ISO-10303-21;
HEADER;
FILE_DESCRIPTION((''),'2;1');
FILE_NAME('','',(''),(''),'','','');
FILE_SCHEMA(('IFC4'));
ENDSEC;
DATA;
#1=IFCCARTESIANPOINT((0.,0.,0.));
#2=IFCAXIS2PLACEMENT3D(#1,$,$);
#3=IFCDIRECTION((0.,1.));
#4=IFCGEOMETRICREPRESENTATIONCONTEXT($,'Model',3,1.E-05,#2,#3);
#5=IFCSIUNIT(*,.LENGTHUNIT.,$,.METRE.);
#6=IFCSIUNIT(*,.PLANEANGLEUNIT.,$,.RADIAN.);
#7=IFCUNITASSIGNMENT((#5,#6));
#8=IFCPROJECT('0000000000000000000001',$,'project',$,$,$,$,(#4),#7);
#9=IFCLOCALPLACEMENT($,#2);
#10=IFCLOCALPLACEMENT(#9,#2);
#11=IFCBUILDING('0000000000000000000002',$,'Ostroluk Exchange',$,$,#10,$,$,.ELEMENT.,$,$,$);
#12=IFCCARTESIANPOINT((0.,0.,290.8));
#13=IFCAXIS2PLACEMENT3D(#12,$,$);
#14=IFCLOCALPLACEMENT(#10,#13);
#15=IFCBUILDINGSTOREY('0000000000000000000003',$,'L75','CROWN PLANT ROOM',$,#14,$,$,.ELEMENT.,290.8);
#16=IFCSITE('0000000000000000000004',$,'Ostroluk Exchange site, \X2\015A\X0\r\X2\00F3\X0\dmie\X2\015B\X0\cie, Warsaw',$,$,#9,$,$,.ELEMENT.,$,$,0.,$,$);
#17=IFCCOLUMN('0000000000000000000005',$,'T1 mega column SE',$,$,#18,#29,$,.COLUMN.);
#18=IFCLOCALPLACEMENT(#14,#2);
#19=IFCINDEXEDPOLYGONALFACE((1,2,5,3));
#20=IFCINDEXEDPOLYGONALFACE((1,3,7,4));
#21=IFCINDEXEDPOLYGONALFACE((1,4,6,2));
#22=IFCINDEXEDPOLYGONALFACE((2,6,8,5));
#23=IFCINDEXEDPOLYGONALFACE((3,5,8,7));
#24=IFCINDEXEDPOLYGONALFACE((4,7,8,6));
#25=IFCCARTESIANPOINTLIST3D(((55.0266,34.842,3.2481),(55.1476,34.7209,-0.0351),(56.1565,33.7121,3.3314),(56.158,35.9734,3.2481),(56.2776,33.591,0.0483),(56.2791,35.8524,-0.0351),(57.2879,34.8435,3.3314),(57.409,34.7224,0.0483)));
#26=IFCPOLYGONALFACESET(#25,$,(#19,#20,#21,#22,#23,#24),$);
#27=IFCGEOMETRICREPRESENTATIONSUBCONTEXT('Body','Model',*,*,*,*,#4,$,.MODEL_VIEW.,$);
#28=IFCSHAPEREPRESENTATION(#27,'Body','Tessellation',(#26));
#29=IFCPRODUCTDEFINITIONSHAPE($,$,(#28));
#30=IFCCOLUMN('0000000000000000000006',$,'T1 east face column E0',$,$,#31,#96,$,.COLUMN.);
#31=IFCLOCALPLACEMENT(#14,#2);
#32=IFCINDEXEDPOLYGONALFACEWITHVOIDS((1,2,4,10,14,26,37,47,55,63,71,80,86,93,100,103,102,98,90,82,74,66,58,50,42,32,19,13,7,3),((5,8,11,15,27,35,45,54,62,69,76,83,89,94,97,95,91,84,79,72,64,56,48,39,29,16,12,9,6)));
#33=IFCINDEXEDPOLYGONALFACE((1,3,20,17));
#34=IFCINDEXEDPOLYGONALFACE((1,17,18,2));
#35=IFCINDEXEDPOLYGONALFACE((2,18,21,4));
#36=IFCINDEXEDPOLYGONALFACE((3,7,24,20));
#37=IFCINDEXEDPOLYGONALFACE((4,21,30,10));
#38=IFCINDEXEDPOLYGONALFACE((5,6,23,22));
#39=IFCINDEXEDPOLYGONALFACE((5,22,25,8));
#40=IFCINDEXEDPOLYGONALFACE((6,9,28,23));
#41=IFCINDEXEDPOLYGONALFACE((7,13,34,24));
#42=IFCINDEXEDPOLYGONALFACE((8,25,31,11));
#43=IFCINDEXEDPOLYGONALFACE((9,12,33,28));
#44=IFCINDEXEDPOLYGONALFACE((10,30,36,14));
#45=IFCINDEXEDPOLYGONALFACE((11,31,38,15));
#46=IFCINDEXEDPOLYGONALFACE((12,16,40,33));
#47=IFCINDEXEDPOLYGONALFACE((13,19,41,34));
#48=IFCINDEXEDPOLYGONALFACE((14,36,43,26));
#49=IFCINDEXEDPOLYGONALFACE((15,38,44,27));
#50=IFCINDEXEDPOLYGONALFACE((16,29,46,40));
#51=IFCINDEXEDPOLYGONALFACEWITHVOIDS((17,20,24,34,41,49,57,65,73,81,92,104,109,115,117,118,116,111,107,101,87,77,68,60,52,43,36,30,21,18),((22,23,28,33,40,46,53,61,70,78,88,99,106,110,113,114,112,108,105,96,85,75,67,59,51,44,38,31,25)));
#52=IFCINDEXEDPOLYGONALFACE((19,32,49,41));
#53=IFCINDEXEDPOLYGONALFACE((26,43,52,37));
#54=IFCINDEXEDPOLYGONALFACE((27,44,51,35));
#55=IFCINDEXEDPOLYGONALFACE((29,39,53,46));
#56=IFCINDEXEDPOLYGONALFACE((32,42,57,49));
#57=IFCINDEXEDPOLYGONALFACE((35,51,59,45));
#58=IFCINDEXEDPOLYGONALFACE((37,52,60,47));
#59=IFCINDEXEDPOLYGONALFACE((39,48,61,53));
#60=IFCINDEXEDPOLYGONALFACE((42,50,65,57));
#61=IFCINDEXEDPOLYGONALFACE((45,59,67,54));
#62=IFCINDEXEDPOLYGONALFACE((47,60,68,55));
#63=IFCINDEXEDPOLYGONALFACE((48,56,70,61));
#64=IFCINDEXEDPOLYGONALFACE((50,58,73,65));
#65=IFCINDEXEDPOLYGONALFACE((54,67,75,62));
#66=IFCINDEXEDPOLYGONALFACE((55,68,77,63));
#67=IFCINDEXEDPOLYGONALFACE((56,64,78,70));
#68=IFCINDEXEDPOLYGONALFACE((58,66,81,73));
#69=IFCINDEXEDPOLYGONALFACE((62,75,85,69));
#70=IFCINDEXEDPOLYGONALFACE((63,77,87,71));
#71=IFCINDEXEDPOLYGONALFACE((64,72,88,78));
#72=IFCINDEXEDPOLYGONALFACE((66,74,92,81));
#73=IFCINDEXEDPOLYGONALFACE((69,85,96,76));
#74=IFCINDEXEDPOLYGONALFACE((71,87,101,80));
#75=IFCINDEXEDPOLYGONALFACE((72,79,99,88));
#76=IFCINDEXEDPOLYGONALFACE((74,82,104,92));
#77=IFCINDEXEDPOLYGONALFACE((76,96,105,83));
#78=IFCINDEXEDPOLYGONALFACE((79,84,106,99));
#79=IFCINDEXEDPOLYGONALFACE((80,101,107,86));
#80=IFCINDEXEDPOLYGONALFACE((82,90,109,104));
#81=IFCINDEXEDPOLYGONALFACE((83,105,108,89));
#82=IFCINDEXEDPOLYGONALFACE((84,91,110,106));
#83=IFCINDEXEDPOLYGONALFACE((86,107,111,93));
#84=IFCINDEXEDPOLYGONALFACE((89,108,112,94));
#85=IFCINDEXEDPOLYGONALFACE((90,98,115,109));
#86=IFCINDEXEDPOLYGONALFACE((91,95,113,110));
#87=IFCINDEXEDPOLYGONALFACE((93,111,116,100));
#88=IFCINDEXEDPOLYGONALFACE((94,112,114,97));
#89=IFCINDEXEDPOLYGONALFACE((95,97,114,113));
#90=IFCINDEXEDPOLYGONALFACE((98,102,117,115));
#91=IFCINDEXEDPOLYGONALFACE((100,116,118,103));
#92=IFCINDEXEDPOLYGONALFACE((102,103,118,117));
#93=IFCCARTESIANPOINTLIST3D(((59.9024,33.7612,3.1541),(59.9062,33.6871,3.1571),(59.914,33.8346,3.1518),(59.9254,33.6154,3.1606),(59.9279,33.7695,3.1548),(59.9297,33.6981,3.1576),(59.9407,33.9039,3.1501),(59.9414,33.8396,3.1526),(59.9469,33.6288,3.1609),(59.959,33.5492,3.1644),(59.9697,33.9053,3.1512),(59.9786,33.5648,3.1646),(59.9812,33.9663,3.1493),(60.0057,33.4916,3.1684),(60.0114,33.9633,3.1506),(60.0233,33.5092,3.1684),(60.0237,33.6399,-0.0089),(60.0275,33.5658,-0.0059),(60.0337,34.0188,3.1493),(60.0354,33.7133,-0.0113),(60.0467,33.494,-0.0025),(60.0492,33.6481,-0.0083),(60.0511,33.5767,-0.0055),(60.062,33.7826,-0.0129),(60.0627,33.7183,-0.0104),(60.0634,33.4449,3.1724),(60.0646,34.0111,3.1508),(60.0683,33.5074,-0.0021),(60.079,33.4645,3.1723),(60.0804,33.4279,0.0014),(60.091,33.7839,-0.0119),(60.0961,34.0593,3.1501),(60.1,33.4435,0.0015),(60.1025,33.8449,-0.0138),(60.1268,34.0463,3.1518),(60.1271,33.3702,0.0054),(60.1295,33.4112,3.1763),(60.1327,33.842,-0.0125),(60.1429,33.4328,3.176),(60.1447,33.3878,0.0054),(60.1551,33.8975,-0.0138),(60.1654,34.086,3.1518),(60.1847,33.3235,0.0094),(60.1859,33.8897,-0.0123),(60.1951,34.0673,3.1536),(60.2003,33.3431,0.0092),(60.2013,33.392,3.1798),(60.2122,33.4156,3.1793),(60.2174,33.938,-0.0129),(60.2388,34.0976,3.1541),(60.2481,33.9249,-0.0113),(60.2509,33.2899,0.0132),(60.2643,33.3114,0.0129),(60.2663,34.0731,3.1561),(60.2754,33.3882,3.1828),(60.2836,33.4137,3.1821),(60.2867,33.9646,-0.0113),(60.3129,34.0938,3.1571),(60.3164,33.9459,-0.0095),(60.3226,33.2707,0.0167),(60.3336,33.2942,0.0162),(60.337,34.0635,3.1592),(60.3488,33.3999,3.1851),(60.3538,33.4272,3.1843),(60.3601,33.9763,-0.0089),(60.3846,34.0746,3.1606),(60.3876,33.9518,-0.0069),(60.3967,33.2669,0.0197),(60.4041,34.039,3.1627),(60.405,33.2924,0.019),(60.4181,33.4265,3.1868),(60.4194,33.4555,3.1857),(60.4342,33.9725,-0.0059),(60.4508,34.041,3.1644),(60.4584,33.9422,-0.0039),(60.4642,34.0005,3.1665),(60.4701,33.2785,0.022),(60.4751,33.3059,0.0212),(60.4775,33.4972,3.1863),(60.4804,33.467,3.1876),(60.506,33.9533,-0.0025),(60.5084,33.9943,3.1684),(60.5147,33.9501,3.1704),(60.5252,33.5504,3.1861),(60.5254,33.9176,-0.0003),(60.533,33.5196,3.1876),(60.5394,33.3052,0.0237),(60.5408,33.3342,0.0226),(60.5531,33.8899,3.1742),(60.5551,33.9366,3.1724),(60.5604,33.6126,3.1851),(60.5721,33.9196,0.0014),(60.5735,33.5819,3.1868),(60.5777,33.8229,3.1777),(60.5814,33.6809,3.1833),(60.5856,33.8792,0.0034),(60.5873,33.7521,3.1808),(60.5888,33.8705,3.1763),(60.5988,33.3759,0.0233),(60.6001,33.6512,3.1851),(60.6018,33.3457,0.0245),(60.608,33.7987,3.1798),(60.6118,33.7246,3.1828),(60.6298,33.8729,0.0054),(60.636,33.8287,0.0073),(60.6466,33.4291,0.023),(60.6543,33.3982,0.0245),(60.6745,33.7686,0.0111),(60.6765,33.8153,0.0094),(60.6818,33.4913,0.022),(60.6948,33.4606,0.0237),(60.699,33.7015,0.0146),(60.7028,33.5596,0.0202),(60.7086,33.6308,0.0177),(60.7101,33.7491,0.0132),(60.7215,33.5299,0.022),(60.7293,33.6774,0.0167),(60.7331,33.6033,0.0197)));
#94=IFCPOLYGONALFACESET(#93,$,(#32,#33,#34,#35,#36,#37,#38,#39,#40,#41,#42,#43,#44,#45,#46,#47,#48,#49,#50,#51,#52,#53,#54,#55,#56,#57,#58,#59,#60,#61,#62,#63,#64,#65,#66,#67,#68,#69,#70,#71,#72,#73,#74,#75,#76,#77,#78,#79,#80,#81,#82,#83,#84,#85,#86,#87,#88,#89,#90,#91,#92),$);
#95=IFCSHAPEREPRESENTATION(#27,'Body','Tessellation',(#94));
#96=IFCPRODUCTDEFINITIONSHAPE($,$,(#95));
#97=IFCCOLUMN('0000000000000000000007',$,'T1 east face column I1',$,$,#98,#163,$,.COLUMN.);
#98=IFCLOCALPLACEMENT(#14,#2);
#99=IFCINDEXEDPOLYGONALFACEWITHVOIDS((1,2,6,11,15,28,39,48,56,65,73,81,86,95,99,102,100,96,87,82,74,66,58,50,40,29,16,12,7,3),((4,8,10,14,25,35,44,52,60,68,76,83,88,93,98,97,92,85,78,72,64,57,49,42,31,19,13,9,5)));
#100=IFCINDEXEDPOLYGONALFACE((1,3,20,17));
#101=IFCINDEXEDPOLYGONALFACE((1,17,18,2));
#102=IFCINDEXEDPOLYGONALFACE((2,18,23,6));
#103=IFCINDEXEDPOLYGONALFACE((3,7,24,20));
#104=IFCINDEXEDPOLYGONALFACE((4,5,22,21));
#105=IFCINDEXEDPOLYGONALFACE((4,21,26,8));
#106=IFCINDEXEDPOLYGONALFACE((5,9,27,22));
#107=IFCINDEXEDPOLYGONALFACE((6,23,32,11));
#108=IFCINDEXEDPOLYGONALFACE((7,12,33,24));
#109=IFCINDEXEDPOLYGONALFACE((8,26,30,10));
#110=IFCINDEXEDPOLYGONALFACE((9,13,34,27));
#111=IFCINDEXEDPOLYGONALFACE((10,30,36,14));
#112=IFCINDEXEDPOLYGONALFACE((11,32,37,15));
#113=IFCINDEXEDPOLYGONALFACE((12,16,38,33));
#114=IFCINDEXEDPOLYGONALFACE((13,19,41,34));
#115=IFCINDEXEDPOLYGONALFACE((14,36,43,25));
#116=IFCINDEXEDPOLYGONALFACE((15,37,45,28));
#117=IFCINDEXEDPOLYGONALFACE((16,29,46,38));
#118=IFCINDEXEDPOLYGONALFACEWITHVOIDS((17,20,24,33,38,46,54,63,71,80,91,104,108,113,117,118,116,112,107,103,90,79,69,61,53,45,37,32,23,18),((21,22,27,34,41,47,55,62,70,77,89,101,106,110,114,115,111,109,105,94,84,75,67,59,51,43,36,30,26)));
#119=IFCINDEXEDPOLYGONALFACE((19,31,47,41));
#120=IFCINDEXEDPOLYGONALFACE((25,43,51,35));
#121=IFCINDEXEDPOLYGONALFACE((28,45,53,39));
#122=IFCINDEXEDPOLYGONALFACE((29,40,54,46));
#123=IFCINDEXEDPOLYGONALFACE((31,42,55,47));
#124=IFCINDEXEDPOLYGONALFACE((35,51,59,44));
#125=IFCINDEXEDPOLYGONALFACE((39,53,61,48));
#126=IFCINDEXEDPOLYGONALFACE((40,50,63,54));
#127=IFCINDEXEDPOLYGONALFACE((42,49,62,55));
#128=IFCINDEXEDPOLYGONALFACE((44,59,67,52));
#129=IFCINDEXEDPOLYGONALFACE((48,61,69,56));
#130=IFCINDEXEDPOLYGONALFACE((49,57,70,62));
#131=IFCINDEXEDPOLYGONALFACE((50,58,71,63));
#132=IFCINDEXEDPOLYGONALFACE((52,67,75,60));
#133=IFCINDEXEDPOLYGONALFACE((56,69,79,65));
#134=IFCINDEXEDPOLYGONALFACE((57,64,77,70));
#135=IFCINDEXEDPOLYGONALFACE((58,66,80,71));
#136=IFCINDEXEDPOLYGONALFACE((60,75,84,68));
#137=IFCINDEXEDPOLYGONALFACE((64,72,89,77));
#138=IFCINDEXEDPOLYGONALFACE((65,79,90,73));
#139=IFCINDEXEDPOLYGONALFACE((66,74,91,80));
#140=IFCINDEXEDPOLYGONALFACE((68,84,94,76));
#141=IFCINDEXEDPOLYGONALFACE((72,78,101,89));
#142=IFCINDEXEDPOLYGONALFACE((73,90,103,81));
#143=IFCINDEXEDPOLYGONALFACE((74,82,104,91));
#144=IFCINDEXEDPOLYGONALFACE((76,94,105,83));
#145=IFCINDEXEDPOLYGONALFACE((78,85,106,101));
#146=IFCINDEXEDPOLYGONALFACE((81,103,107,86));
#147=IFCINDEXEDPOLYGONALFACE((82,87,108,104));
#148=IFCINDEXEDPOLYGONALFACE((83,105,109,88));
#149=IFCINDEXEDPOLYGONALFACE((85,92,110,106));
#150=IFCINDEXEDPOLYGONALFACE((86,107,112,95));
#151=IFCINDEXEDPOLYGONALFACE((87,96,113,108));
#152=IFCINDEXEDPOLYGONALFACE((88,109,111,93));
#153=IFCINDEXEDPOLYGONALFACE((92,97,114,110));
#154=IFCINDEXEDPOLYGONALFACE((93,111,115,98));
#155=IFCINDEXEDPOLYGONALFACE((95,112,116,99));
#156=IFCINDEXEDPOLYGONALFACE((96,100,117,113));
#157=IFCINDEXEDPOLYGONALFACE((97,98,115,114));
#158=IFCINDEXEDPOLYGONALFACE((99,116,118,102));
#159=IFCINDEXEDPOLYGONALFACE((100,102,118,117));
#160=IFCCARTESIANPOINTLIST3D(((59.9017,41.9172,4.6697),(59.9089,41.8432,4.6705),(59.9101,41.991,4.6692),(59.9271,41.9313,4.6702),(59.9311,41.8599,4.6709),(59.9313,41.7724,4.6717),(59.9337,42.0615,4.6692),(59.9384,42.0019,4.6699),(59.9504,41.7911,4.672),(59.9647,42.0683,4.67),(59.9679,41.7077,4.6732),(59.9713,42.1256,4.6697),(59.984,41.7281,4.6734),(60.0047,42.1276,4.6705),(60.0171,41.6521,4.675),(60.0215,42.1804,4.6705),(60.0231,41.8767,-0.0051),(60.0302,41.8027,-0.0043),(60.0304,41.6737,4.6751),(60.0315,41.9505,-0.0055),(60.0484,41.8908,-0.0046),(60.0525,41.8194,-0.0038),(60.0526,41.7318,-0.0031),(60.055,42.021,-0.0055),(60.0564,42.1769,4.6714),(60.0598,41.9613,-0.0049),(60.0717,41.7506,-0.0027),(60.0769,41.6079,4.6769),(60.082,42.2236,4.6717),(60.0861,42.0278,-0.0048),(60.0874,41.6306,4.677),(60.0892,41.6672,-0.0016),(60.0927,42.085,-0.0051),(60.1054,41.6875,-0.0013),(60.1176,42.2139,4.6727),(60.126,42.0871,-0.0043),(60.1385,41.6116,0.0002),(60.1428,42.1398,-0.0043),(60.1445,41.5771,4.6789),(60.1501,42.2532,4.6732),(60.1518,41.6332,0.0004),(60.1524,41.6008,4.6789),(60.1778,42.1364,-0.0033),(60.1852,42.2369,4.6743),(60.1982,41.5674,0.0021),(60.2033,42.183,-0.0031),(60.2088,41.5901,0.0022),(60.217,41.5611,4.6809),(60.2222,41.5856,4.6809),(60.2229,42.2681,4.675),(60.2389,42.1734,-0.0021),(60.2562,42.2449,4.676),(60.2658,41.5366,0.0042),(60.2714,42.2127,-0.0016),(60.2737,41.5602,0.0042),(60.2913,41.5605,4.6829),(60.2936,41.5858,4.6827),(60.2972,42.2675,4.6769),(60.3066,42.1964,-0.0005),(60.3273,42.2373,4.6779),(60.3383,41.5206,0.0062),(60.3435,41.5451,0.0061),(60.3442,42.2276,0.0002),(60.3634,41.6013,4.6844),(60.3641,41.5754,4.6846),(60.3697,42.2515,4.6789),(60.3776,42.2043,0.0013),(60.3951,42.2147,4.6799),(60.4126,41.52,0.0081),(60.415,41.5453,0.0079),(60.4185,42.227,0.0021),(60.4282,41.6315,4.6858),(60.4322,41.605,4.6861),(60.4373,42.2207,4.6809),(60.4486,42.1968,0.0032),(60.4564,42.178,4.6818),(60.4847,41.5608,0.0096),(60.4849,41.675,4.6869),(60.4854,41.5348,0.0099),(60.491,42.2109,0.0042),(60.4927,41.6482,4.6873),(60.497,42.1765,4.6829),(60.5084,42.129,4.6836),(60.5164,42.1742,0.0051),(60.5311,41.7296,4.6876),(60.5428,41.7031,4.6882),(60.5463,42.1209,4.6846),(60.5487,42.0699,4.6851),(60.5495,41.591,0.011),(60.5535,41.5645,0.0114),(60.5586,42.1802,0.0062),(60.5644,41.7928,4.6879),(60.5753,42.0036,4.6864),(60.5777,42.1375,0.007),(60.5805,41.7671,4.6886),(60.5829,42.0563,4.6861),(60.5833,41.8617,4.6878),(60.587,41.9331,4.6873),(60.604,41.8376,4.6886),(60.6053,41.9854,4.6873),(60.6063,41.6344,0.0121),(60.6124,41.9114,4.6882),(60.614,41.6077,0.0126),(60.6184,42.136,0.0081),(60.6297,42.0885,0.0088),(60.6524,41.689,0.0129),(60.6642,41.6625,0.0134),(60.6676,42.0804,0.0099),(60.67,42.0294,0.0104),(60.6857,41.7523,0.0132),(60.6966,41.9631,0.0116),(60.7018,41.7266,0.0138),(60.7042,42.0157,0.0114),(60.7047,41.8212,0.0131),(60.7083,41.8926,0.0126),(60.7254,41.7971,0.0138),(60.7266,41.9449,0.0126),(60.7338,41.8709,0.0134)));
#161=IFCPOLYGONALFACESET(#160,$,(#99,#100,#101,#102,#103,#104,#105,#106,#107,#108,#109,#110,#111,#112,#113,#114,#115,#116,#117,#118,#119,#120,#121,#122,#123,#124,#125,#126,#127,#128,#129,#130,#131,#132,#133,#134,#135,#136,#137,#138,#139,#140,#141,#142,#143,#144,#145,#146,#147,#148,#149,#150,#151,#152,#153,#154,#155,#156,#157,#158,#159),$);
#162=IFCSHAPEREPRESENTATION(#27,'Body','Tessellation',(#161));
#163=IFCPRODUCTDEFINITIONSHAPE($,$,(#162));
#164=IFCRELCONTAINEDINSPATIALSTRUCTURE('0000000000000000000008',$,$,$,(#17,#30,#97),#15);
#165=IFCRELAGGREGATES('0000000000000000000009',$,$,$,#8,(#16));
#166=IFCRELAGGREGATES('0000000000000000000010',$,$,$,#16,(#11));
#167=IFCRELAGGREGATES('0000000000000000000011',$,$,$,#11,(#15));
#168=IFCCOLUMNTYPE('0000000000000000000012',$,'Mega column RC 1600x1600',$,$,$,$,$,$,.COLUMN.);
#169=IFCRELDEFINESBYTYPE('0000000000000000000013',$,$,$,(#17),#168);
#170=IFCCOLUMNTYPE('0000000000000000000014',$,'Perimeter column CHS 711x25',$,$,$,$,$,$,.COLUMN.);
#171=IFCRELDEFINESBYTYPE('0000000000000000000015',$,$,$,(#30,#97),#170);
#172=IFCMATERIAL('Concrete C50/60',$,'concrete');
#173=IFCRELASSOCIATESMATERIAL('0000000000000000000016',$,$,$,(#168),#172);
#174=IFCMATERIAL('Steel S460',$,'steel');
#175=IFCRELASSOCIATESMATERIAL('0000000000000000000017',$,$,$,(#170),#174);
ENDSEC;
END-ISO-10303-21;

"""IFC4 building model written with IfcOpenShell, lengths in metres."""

from ifc_helpers import new_model, si_unit, direction, frame, origin, origin_2d, place, context, subcontext, project, spatial, rectangle, hollow_circle, extrude, material, material_profile, profile_set, type_object, element, save


model = new_model("IFC4")

# Units and contexts
model_context = context("Model", 3, precision=1e-05, world=origin(), true_north=direction((0.0, 1.0)))
body_context = subcontext(model_context, "Body", "Model", "MODEL_VIEW")
ifc_project = project(units=[si_unit("LENGTHUNIT", "METRE"), si_unit("PLANEANGLEUNIT", "RADIAN")], contexts=[model_context])

# Site, building, storey
site_placement = place(None, origin())
site = spatial("IfcSite", under=ifc_project, at=site_placement, Name="Ostroluk Exchange site, Śródmieście, Warsaw", CompositionType="ELEMENT", RefElevation=0.0)
building_placement = place(site_placement, origin())
building = spatial("IfcBuilding", under=site, at=building_placement, Name="Ostroluk Exchange", CompositionType="ELEMENT")
storey_placement = place(building_placement, frame((0.0, 0.0, 290.8)))
storey = spatial("IfcBuildingStorey", under=building, at=storey_placement, Name="L75", Description="CROWN PLANT ROOM", CompositionType="ELEMENT", Elevation=290.8)

# Columns
ifc_material_1 = material(Name="Concrete C50/60", Category="concrete")
ifc_material_profile_1 = material_profile(ifc_material_1, rectangle(XDim=1.6001, YDim=1.6001, at=origin_2d()), Name="RC 1600x1600")
ifc_profile_set_1 = profile_set([ifc_material_profile_1], Name="Concrete C50/60")
column_type_1 = type_object("IfcColumnType", Name="Mega column RC 1600x1600", PredefinedType="COLUMN", material=ifc_profile_set_1)
column_1_placement = place(storey_placement, frame((56.2783, 34.7217, 0.0066), z_axis=(-0.036833, 0.036833, 0.998642), x_axis=(-0.707107, -0.707107, 0.0)))
element("IfcColumn", 1, at=column_1_placement, inside=storey, type_object=column_type_1, Name="T1 mega column SE", PredefinedType="COLUMN", context=body_context, shape_type="SweptSolid", body=[
    extrude(rectangle(XDim=1.6001, YDim=1.6001, at=origin_2d()), origin(), (0.0, 0.0, 1.0), 3.2876),
])
ifc_material_2 = material(Name="Steel S460", Category="steel")
ifc_material_profile_2 = material_profile(ifc_material_2, hollow_circle(Radius=0.3555, WallThickness=0.0249, at=origin_2d()), Name="CHS 711x25")
ifc_profile_set_2 = profile_set([ifc_material_profile_2], Name="Steel S460")
column_type_2 = type_object("IfcColumnType", Name="Perimeter column CHS 711x25", PredefinedType="COLUMN", material=ifc_profile_set_2)
column_2_placement = place(storey_placement, frame((60.3784, 33.6216, 0.0054), z_axis=(-0.038304, 0.038304, 0.998532), x_axis=(-0.707107, -0.707107, 0.0)))
element("IfcColumn", 2, at=column_2_placement, inside=storey, type_object=column_type_2, Name="T1 east face column E0", PredefinedType="COLUMN", context=body_context, shape_type="SweptSolid", body=[
    extrude(hollow_circle(Radius=0.3555, WallThickness=0.0249, at=origin_2d()), origin(), (0.0, 0.0, 1.0), 3.1677),
])
column_3_placement = place(storey_placement, frame((60.3784, 41.8738, 0.0042), z_axis=(-0.025946, 0.008666, 0.999626), x_axis=(-0.3168, -0.948492, 0.0)))
element("IfcColumn", 3, at=column_3_placement, inside=storey, type_object=column_type_2, Name="T1 east face column I1", PredefinedType="COLUMN", context=body_context, shape_type="SweptSolid", body=[
    extrude(hollow_circle(Radius=0.3555, WallThickness=0.0249, at=origin_2d()), origin(), (0.0, 0.0, 1.0), 4.6765),
])

save(model, "model.ifc")
